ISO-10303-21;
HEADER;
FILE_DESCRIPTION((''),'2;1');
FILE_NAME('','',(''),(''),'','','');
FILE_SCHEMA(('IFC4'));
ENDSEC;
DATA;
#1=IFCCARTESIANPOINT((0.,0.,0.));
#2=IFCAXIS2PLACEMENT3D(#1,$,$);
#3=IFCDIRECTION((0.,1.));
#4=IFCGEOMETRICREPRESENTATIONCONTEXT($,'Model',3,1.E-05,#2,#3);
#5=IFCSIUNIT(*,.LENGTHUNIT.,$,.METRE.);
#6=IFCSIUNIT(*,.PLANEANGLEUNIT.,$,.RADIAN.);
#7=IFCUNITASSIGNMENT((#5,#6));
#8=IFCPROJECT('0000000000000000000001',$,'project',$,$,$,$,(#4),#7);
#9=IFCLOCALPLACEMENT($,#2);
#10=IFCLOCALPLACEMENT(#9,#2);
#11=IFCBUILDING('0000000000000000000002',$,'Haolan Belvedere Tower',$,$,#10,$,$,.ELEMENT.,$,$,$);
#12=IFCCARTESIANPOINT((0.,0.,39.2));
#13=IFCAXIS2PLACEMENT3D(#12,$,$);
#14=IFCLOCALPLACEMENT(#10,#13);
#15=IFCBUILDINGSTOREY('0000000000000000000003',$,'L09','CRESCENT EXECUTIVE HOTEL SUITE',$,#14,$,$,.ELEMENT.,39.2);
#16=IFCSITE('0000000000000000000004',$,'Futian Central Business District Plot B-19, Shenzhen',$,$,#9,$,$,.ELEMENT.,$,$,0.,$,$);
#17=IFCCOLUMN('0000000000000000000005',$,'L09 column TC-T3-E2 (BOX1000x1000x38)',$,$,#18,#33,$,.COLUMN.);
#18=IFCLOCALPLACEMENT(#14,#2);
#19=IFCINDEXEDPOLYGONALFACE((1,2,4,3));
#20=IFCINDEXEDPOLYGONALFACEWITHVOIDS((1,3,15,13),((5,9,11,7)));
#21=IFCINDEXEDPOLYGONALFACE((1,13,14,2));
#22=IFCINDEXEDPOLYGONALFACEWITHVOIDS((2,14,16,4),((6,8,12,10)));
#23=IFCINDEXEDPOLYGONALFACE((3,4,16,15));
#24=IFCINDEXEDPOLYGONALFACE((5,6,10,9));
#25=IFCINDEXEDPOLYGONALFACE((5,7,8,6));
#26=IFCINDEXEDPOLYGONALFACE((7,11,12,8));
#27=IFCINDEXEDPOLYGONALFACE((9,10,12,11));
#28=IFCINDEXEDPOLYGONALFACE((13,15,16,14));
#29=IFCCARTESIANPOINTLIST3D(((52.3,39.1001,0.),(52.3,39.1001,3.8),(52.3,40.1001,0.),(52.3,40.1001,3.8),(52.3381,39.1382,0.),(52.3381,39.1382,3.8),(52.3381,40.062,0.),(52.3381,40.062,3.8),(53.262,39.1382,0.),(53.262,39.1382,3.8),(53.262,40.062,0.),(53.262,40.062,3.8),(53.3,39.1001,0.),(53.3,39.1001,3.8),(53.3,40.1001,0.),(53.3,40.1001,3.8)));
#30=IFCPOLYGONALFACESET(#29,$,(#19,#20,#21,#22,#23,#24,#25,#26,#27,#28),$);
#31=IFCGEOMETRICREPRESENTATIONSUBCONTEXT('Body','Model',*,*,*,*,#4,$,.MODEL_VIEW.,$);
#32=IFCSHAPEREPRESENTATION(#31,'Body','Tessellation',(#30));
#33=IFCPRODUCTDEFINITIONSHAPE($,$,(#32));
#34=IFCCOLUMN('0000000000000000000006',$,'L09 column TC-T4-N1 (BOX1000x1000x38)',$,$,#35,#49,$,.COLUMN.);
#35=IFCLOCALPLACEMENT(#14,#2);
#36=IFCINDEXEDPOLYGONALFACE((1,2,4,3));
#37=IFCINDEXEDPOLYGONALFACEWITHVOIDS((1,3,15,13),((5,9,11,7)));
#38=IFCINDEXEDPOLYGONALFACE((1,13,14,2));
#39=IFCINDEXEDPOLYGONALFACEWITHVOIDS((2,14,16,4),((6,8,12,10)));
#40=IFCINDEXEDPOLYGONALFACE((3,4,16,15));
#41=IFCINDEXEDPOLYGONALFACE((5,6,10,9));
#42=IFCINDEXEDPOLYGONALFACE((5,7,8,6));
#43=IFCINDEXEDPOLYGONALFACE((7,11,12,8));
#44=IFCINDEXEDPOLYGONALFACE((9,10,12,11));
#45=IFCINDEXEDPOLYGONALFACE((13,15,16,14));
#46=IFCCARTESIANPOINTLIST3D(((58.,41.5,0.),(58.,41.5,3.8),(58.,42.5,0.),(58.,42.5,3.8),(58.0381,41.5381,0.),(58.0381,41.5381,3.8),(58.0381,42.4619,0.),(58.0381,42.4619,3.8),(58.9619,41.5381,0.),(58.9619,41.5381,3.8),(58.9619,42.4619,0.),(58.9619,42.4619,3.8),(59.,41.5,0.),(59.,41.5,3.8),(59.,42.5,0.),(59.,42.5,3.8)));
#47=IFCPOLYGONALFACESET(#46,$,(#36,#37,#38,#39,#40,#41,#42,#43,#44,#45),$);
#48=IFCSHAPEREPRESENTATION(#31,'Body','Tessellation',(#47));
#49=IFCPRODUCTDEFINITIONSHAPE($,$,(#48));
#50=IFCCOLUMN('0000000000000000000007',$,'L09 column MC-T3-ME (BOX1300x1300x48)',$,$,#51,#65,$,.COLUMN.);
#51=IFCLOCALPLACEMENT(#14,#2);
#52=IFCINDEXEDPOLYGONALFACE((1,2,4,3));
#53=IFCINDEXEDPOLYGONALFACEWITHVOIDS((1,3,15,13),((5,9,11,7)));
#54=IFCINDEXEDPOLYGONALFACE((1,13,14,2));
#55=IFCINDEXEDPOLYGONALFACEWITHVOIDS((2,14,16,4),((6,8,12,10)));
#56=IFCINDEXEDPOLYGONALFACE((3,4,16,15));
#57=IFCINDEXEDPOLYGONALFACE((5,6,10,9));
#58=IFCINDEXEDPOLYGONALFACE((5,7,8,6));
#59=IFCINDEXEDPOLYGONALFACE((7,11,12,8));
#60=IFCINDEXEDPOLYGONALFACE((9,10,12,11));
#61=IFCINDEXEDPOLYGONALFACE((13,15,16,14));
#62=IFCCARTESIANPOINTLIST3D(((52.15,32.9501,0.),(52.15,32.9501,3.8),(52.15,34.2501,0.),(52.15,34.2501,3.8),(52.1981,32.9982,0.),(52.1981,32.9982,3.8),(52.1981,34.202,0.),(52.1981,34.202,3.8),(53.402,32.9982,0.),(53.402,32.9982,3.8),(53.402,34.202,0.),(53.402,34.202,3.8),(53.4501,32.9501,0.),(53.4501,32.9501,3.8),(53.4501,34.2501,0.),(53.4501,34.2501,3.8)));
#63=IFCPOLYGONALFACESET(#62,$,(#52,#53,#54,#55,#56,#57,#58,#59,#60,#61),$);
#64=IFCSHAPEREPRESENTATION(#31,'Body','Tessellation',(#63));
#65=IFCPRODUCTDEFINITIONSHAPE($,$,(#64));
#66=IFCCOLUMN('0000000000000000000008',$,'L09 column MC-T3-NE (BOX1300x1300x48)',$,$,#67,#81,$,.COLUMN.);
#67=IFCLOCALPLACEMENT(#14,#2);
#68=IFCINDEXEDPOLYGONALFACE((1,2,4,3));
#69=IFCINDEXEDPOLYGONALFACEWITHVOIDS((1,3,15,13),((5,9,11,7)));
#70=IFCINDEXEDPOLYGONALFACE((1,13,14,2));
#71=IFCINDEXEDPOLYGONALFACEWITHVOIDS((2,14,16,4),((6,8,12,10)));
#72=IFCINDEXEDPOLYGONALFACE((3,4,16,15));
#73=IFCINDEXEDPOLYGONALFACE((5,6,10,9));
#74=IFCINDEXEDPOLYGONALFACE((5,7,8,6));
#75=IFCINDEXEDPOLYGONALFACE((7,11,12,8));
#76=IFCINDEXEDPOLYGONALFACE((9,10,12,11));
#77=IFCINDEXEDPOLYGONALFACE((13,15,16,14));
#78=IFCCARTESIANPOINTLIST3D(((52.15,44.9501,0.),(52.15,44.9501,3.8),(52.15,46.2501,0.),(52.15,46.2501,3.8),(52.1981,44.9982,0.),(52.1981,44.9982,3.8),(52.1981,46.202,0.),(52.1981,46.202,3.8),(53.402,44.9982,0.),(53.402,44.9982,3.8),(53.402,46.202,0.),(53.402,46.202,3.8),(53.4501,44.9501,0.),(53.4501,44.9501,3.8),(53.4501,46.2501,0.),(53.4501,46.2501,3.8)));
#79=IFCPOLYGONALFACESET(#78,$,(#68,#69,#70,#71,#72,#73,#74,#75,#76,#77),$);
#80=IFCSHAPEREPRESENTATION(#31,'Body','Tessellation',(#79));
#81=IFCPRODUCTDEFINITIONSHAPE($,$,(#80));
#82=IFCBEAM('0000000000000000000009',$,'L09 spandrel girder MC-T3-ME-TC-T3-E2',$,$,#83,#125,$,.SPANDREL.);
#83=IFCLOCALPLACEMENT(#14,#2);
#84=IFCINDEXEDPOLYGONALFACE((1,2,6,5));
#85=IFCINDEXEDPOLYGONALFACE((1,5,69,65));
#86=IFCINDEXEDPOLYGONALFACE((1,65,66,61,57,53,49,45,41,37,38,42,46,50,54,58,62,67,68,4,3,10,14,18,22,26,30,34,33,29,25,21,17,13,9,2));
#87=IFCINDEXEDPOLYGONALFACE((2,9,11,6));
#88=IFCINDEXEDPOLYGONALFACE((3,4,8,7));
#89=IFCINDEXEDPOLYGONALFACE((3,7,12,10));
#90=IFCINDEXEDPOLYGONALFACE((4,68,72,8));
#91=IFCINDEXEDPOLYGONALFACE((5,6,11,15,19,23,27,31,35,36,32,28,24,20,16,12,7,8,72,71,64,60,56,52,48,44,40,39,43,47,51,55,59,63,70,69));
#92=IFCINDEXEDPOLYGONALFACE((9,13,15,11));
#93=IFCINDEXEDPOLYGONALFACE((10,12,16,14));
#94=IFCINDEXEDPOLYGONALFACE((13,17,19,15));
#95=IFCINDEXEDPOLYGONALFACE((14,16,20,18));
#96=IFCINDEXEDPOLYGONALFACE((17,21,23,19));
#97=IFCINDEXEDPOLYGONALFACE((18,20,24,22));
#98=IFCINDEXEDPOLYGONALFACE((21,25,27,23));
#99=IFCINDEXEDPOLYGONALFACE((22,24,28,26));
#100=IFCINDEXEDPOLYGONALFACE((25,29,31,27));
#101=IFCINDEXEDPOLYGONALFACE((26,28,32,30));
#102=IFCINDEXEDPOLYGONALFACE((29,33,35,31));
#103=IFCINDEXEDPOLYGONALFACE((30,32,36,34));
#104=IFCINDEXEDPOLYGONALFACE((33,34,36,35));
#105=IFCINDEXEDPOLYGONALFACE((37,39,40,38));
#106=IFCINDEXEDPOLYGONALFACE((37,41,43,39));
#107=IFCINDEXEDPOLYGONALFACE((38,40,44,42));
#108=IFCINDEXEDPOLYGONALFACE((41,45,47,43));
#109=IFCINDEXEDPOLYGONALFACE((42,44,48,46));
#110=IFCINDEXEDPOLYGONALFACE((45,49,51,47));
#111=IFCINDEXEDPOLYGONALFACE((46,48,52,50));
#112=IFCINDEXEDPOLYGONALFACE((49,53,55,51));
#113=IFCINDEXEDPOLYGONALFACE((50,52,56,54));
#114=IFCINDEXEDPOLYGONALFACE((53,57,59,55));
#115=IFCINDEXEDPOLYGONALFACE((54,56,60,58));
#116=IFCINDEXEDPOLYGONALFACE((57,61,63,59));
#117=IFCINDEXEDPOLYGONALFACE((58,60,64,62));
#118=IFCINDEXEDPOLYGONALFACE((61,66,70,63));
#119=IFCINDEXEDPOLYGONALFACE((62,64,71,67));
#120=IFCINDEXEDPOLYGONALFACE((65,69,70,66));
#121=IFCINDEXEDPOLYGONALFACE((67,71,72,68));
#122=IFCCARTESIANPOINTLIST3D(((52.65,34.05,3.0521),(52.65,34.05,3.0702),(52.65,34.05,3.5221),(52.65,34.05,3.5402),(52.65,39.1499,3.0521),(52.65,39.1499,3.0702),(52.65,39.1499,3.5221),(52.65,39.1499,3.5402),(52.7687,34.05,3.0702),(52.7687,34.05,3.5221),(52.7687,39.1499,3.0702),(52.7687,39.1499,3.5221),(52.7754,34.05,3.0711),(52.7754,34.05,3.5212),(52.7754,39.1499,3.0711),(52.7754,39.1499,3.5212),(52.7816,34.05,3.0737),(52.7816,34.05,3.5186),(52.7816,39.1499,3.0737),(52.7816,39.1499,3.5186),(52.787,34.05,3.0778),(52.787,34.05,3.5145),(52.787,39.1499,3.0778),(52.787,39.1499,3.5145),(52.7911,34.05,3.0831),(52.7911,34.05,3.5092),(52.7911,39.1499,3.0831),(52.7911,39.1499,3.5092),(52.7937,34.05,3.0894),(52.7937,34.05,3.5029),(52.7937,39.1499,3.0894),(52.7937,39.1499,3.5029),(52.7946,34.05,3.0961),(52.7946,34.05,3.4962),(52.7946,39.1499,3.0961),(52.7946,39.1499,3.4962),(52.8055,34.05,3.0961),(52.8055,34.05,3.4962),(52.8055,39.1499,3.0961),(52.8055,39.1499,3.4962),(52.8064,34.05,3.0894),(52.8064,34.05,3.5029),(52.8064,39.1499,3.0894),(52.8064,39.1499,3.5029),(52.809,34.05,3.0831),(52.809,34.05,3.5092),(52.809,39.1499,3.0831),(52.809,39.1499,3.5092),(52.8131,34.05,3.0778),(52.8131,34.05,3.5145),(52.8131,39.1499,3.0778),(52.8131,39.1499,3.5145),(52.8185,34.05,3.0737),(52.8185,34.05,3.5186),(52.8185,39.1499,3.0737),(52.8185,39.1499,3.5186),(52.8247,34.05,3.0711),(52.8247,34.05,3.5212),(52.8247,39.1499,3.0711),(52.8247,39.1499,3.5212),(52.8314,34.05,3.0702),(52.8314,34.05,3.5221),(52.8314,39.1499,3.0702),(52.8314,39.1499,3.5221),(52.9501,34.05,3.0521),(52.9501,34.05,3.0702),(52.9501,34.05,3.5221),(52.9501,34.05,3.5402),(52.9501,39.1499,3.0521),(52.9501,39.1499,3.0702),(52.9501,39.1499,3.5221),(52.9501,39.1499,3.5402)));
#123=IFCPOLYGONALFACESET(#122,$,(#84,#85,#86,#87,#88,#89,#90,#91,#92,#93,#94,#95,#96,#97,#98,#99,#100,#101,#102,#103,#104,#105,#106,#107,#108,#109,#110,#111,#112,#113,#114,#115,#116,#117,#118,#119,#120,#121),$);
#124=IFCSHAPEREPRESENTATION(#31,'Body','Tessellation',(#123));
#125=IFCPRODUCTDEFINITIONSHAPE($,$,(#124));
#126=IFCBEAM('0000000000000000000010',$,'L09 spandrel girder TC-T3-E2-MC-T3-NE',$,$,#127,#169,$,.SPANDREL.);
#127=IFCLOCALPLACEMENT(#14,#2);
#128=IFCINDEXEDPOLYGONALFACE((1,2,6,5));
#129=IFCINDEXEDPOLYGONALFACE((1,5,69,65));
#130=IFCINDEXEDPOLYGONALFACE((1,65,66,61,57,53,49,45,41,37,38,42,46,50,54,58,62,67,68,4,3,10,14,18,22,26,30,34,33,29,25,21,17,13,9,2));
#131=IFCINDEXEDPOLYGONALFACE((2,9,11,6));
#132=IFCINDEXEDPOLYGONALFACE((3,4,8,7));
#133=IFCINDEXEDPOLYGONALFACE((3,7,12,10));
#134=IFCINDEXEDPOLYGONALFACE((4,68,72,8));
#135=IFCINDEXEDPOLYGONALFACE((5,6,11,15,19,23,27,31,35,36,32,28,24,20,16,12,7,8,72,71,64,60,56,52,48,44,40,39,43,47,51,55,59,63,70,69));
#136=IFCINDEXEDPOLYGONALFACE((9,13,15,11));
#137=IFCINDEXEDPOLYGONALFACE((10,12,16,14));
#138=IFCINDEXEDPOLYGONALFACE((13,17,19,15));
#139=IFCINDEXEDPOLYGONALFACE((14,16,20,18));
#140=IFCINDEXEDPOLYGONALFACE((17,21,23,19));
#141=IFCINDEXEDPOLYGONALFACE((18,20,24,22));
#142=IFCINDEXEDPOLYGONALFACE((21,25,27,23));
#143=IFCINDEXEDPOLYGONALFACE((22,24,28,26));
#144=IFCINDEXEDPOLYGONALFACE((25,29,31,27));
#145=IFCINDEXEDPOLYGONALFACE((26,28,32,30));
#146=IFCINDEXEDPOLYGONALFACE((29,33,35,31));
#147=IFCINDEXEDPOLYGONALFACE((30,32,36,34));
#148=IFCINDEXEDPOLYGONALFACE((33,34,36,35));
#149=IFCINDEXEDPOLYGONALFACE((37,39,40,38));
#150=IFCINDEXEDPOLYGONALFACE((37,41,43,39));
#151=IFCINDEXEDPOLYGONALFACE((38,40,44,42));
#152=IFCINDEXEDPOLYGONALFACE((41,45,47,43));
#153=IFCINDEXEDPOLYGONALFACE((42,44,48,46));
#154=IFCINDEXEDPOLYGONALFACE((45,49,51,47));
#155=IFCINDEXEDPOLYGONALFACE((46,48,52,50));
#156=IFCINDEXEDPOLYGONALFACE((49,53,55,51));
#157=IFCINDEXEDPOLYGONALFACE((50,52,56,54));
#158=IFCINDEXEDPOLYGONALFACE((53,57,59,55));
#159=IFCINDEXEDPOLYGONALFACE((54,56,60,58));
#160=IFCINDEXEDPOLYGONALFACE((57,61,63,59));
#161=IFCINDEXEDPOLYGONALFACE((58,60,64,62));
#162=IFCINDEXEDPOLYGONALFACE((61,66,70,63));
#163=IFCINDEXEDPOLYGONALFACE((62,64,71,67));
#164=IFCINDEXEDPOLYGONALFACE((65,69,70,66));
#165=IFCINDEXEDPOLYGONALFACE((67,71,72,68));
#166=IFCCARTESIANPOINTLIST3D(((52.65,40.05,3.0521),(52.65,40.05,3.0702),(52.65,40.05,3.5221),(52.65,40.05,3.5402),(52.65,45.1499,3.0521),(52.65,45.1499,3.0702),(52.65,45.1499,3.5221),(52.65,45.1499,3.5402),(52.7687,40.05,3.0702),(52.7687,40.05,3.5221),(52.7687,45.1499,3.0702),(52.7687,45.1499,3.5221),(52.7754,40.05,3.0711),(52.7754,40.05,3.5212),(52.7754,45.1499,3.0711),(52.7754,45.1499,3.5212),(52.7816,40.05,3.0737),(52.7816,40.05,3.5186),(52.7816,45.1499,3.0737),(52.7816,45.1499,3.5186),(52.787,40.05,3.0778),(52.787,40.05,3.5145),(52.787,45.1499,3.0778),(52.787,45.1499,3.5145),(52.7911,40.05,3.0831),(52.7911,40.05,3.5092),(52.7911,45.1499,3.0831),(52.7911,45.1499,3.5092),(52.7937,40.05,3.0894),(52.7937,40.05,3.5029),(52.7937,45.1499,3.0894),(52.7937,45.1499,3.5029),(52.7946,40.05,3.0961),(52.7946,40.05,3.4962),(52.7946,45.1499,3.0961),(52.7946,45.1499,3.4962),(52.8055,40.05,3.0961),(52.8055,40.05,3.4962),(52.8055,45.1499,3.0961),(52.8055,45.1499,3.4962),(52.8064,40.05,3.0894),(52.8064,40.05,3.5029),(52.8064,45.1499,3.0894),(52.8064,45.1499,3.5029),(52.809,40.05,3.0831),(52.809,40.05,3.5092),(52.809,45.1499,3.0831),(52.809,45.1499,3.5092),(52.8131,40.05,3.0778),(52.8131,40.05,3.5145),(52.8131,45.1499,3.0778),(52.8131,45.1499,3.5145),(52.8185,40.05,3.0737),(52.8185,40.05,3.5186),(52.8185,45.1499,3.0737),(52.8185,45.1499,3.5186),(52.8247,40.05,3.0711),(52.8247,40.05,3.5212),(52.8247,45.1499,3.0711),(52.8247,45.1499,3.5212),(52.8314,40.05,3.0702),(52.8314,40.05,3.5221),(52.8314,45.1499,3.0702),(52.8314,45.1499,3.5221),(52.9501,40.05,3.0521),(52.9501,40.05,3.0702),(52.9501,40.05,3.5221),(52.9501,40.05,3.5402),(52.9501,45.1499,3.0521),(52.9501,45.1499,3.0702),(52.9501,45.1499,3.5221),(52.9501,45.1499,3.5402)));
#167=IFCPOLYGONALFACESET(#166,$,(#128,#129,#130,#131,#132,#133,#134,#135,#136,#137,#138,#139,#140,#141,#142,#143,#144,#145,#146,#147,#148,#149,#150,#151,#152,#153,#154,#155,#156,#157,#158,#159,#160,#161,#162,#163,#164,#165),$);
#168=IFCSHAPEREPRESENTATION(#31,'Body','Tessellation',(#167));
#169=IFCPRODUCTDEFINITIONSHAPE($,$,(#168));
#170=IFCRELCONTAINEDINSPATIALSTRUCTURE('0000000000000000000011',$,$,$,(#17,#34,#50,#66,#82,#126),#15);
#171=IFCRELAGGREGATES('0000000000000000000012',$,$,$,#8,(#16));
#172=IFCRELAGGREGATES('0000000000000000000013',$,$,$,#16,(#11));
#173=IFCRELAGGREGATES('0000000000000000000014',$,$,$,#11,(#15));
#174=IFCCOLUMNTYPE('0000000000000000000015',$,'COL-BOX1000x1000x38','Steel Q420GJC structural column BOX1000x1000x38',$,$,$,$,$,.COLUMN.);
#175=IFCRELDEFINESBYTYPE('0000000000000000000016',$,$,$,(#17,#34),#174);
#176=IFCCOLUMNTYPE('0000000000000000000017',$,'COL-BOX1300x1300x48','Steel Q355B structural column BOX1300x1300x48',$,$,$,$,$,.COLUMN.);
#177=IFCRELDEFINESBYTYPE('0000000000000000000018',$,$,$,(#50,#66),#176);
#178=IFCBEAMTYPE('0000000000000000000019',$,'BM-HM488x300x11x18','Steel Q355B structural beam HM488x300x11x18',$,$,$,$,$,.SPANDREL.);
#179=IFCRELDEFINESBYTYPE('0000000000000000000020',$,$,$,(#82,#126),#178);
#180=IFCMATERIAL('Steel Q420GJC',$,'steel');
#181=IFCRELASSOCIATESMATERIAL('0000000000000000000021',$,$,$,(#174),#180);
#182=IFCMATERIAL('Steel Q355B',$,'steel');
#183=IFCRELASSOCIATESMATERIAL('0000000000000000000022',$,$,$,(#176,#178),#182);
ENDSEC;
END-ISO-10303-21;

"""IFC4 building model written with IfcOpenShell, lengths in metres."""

from ifc_helpers import new_model, si_unit, direction, frame, origin, origin_2d, place, context, subcontext, project, spatial, hollow_rectangle, i_section, extrude, material, material_profile, profile_set, type_object, element, save


model = new_model("IFC4")

# Units and contexts
model_context = context("Model", 3, precision=1e-05, world=origin(), true_north=direction((0.0, 1.0)))
body_context = subcontext(model_context, "Body", "Model", "MODEL_VIEW")
ifc_project = project(units=[si_unit("LENGTHUNIT", "METRE"), si_unit("PLANEANGLEUNIT", "RADIAN")], contexts=[model_context])

# Site, building, storey
site_placement = place(None, origin())
site = spatial("IfcSite", under=ifc_project, at=site_placement, Name="Futian Central Business District Plot B-19, Shenzhen", CompositionType="ELEMENT", RefElevation=0.0)
building_placement = place(site_placement, origin())
building = spatial("IfcBuilding", under=site, at=building_placement, Name="Haolan Belvedere Tower", CompositionType="ELEMENT")
storey_placement = place(building_placement, frame((0.0, 0.0, 39.2)))
storey = spatial("IfcBuildingStorey", under=building, at=storey_placement, Name="L09", Description="CRESCENT EXECUTIVE HOTEL SUITE", CompositionType="ELEMENT", Elevation=39.2)

# Columns
ifc_material_1 = material(Name="Steel Q420GJC", Category="steel")
ifc_material_profile_1 = material_profile(ifc_material_1, hollow_rectangle(XDim=1.0, YDim=1.0, WallThickness=0.0381, at=origin_2d()), Name="Steel Q420GJC")
ifc_profile_set_1 = profile_set([ifc_material_profile_1], Name="Steel Q420GJC")
column_type_1 = type_object("IfcColumnType", Name="COL-BOX1000x1000x38", Description="Steel Q420GJC structural column BOX1000x1000x38", PredefinedType="COLUMN", material=ifc_profile_set_1)
for number, where, z_axis, x_axis, name in (
    (1, (52.8, 39.6001, 0.0), (0.0, 0.0, 1.0), (1.0, 0.0, 0.0), "L09 column TC-T3-E2 (BOX1000x1000x38)"),
    (2, (58.5, 42.0, 0.0), (0.0, 0.0, 1.0), (1.0, 0.0, 0.0), "L09 column TC-T4-N1 (BOX1000x1000x38)"),
):
    element("IfcColumn", number, at=place(storey_placement, frame(where, z_axis=z_axis, x_axis=x_axis)), inside=storey, type_object=column_type_1, Name=name, PredefinedType="COLUMN", context=body_context, shape_type="SweptSolid", body=[
        extrude(hollow_rectangle(XDim=1.0, YDim=1.0, WallThickness=0.0381, at=origin_2d()), origin(), (0.0, 0.0, 1.0), 3.8),
    ])
ifc_material_2 = material(Name="Steel Q355B", Category="steel")
ifc_material_profile_2 = material_profile(ifc_material_2, hollow_rectangle(XDim=1.3, YDim=1.3, WallThickness=0.0481, at=origin_2d()), Name="Steel Q355B")
ifc_profile_set_2 = profile_set([ifc_material_profile_2], Name="Steel Q355B")
column_type_2 = type_object("IfcColumnType", Name="COL-BOX1300x1300x48", Description="Steel Q355B structural column BOX1300x1300x48", PredefinedType="COLUMN", material=ifc_profile_set_2)
for number, where, z_axis, x_axis, name in (
    (3, (52.8, 33.6001, 0.0), (0.0, 0.0, 1.0), (1.0, 0.0, 0.0), "L09 column MC-T3-ME (BOX1300x1300x48)"),
    (4, (52.8, 45.6001, 0.0), (0.0, 0.0, 1.0), (1.0, 0.0, 0.0), "L09 column MC-T3-NE (BOX1300x1300x48)"),
):
    element("IfcColumn", number, at=place(storey_placement, frame(where, z_axis=z_axis, x_axis=x_axis)), inside=storey, type_object=column_type_2, Name=name, PredefinedType="COLUMN", context=body_context, shape_type="SweptSolid", body=[
        extrude(hollow_rectangle(XDim=1.3, YDim=1.3, WallThickness=0.0481, at=origin_2d()), origin(), (0.0, 0.0, 1.0), 3.8),
    ])

# Beams
ifc_material_profile_3 = material_profile(ifc_material_2, i_section(OverallWidth=0.3, OverallDepth=0.488, WebThickness=0.011, FlangeThickness=0.0181, FilletRadius=0.0259, at=origin_2d()), Name="Steel Q355B")
ifc_profile_set_3 = profile_set([ifc_material_profile_3], Name="Steel Q355B")
beam_type = type_object("IfcBeamType", Name="BM-HM488x300x11x18", Description="Steel Q355B structural beam HM488x300x11x18", PredefinedType="SPANDREL", material=ifc_profile_set_3)
for number, where, z_axis, x_axis, name in (
    (5, (52.8, 34.05, 3.2961), (0.0, 1.0, 0.0), (-1.0, 0.0, 0.0), "L09 spandrel girder MC-T3-ME-TC-T3-E2"),
    (6, (52.8, 40.05, 3.2961), (0.0, 1.0, 0.0), (-1.0, 0.0, 0.0), "L09 spandrel girder TC-T3-E2-MC-T3-NE"),
):
    element("IfcBeam", number, at=place(storey_placement, frame(where, z_axis=z_axis, x_axis=x_axis)), inside=storey, type_object=beam_type, Name=name, PredefinedType="SPANDREL", context=body_context, shape_type="SweptSolid", body=[
        extrude(i_section(OverallWidth=0.3, OverallDepth=0.488, WebThickness=0.011, FlangeThickness=0.0181, FilletRadius=0.0259, at=origin_2d()), origin(), (0.0, 0.0, 1.0), 5.0999),
    ])

save(model, "model.ifc")
